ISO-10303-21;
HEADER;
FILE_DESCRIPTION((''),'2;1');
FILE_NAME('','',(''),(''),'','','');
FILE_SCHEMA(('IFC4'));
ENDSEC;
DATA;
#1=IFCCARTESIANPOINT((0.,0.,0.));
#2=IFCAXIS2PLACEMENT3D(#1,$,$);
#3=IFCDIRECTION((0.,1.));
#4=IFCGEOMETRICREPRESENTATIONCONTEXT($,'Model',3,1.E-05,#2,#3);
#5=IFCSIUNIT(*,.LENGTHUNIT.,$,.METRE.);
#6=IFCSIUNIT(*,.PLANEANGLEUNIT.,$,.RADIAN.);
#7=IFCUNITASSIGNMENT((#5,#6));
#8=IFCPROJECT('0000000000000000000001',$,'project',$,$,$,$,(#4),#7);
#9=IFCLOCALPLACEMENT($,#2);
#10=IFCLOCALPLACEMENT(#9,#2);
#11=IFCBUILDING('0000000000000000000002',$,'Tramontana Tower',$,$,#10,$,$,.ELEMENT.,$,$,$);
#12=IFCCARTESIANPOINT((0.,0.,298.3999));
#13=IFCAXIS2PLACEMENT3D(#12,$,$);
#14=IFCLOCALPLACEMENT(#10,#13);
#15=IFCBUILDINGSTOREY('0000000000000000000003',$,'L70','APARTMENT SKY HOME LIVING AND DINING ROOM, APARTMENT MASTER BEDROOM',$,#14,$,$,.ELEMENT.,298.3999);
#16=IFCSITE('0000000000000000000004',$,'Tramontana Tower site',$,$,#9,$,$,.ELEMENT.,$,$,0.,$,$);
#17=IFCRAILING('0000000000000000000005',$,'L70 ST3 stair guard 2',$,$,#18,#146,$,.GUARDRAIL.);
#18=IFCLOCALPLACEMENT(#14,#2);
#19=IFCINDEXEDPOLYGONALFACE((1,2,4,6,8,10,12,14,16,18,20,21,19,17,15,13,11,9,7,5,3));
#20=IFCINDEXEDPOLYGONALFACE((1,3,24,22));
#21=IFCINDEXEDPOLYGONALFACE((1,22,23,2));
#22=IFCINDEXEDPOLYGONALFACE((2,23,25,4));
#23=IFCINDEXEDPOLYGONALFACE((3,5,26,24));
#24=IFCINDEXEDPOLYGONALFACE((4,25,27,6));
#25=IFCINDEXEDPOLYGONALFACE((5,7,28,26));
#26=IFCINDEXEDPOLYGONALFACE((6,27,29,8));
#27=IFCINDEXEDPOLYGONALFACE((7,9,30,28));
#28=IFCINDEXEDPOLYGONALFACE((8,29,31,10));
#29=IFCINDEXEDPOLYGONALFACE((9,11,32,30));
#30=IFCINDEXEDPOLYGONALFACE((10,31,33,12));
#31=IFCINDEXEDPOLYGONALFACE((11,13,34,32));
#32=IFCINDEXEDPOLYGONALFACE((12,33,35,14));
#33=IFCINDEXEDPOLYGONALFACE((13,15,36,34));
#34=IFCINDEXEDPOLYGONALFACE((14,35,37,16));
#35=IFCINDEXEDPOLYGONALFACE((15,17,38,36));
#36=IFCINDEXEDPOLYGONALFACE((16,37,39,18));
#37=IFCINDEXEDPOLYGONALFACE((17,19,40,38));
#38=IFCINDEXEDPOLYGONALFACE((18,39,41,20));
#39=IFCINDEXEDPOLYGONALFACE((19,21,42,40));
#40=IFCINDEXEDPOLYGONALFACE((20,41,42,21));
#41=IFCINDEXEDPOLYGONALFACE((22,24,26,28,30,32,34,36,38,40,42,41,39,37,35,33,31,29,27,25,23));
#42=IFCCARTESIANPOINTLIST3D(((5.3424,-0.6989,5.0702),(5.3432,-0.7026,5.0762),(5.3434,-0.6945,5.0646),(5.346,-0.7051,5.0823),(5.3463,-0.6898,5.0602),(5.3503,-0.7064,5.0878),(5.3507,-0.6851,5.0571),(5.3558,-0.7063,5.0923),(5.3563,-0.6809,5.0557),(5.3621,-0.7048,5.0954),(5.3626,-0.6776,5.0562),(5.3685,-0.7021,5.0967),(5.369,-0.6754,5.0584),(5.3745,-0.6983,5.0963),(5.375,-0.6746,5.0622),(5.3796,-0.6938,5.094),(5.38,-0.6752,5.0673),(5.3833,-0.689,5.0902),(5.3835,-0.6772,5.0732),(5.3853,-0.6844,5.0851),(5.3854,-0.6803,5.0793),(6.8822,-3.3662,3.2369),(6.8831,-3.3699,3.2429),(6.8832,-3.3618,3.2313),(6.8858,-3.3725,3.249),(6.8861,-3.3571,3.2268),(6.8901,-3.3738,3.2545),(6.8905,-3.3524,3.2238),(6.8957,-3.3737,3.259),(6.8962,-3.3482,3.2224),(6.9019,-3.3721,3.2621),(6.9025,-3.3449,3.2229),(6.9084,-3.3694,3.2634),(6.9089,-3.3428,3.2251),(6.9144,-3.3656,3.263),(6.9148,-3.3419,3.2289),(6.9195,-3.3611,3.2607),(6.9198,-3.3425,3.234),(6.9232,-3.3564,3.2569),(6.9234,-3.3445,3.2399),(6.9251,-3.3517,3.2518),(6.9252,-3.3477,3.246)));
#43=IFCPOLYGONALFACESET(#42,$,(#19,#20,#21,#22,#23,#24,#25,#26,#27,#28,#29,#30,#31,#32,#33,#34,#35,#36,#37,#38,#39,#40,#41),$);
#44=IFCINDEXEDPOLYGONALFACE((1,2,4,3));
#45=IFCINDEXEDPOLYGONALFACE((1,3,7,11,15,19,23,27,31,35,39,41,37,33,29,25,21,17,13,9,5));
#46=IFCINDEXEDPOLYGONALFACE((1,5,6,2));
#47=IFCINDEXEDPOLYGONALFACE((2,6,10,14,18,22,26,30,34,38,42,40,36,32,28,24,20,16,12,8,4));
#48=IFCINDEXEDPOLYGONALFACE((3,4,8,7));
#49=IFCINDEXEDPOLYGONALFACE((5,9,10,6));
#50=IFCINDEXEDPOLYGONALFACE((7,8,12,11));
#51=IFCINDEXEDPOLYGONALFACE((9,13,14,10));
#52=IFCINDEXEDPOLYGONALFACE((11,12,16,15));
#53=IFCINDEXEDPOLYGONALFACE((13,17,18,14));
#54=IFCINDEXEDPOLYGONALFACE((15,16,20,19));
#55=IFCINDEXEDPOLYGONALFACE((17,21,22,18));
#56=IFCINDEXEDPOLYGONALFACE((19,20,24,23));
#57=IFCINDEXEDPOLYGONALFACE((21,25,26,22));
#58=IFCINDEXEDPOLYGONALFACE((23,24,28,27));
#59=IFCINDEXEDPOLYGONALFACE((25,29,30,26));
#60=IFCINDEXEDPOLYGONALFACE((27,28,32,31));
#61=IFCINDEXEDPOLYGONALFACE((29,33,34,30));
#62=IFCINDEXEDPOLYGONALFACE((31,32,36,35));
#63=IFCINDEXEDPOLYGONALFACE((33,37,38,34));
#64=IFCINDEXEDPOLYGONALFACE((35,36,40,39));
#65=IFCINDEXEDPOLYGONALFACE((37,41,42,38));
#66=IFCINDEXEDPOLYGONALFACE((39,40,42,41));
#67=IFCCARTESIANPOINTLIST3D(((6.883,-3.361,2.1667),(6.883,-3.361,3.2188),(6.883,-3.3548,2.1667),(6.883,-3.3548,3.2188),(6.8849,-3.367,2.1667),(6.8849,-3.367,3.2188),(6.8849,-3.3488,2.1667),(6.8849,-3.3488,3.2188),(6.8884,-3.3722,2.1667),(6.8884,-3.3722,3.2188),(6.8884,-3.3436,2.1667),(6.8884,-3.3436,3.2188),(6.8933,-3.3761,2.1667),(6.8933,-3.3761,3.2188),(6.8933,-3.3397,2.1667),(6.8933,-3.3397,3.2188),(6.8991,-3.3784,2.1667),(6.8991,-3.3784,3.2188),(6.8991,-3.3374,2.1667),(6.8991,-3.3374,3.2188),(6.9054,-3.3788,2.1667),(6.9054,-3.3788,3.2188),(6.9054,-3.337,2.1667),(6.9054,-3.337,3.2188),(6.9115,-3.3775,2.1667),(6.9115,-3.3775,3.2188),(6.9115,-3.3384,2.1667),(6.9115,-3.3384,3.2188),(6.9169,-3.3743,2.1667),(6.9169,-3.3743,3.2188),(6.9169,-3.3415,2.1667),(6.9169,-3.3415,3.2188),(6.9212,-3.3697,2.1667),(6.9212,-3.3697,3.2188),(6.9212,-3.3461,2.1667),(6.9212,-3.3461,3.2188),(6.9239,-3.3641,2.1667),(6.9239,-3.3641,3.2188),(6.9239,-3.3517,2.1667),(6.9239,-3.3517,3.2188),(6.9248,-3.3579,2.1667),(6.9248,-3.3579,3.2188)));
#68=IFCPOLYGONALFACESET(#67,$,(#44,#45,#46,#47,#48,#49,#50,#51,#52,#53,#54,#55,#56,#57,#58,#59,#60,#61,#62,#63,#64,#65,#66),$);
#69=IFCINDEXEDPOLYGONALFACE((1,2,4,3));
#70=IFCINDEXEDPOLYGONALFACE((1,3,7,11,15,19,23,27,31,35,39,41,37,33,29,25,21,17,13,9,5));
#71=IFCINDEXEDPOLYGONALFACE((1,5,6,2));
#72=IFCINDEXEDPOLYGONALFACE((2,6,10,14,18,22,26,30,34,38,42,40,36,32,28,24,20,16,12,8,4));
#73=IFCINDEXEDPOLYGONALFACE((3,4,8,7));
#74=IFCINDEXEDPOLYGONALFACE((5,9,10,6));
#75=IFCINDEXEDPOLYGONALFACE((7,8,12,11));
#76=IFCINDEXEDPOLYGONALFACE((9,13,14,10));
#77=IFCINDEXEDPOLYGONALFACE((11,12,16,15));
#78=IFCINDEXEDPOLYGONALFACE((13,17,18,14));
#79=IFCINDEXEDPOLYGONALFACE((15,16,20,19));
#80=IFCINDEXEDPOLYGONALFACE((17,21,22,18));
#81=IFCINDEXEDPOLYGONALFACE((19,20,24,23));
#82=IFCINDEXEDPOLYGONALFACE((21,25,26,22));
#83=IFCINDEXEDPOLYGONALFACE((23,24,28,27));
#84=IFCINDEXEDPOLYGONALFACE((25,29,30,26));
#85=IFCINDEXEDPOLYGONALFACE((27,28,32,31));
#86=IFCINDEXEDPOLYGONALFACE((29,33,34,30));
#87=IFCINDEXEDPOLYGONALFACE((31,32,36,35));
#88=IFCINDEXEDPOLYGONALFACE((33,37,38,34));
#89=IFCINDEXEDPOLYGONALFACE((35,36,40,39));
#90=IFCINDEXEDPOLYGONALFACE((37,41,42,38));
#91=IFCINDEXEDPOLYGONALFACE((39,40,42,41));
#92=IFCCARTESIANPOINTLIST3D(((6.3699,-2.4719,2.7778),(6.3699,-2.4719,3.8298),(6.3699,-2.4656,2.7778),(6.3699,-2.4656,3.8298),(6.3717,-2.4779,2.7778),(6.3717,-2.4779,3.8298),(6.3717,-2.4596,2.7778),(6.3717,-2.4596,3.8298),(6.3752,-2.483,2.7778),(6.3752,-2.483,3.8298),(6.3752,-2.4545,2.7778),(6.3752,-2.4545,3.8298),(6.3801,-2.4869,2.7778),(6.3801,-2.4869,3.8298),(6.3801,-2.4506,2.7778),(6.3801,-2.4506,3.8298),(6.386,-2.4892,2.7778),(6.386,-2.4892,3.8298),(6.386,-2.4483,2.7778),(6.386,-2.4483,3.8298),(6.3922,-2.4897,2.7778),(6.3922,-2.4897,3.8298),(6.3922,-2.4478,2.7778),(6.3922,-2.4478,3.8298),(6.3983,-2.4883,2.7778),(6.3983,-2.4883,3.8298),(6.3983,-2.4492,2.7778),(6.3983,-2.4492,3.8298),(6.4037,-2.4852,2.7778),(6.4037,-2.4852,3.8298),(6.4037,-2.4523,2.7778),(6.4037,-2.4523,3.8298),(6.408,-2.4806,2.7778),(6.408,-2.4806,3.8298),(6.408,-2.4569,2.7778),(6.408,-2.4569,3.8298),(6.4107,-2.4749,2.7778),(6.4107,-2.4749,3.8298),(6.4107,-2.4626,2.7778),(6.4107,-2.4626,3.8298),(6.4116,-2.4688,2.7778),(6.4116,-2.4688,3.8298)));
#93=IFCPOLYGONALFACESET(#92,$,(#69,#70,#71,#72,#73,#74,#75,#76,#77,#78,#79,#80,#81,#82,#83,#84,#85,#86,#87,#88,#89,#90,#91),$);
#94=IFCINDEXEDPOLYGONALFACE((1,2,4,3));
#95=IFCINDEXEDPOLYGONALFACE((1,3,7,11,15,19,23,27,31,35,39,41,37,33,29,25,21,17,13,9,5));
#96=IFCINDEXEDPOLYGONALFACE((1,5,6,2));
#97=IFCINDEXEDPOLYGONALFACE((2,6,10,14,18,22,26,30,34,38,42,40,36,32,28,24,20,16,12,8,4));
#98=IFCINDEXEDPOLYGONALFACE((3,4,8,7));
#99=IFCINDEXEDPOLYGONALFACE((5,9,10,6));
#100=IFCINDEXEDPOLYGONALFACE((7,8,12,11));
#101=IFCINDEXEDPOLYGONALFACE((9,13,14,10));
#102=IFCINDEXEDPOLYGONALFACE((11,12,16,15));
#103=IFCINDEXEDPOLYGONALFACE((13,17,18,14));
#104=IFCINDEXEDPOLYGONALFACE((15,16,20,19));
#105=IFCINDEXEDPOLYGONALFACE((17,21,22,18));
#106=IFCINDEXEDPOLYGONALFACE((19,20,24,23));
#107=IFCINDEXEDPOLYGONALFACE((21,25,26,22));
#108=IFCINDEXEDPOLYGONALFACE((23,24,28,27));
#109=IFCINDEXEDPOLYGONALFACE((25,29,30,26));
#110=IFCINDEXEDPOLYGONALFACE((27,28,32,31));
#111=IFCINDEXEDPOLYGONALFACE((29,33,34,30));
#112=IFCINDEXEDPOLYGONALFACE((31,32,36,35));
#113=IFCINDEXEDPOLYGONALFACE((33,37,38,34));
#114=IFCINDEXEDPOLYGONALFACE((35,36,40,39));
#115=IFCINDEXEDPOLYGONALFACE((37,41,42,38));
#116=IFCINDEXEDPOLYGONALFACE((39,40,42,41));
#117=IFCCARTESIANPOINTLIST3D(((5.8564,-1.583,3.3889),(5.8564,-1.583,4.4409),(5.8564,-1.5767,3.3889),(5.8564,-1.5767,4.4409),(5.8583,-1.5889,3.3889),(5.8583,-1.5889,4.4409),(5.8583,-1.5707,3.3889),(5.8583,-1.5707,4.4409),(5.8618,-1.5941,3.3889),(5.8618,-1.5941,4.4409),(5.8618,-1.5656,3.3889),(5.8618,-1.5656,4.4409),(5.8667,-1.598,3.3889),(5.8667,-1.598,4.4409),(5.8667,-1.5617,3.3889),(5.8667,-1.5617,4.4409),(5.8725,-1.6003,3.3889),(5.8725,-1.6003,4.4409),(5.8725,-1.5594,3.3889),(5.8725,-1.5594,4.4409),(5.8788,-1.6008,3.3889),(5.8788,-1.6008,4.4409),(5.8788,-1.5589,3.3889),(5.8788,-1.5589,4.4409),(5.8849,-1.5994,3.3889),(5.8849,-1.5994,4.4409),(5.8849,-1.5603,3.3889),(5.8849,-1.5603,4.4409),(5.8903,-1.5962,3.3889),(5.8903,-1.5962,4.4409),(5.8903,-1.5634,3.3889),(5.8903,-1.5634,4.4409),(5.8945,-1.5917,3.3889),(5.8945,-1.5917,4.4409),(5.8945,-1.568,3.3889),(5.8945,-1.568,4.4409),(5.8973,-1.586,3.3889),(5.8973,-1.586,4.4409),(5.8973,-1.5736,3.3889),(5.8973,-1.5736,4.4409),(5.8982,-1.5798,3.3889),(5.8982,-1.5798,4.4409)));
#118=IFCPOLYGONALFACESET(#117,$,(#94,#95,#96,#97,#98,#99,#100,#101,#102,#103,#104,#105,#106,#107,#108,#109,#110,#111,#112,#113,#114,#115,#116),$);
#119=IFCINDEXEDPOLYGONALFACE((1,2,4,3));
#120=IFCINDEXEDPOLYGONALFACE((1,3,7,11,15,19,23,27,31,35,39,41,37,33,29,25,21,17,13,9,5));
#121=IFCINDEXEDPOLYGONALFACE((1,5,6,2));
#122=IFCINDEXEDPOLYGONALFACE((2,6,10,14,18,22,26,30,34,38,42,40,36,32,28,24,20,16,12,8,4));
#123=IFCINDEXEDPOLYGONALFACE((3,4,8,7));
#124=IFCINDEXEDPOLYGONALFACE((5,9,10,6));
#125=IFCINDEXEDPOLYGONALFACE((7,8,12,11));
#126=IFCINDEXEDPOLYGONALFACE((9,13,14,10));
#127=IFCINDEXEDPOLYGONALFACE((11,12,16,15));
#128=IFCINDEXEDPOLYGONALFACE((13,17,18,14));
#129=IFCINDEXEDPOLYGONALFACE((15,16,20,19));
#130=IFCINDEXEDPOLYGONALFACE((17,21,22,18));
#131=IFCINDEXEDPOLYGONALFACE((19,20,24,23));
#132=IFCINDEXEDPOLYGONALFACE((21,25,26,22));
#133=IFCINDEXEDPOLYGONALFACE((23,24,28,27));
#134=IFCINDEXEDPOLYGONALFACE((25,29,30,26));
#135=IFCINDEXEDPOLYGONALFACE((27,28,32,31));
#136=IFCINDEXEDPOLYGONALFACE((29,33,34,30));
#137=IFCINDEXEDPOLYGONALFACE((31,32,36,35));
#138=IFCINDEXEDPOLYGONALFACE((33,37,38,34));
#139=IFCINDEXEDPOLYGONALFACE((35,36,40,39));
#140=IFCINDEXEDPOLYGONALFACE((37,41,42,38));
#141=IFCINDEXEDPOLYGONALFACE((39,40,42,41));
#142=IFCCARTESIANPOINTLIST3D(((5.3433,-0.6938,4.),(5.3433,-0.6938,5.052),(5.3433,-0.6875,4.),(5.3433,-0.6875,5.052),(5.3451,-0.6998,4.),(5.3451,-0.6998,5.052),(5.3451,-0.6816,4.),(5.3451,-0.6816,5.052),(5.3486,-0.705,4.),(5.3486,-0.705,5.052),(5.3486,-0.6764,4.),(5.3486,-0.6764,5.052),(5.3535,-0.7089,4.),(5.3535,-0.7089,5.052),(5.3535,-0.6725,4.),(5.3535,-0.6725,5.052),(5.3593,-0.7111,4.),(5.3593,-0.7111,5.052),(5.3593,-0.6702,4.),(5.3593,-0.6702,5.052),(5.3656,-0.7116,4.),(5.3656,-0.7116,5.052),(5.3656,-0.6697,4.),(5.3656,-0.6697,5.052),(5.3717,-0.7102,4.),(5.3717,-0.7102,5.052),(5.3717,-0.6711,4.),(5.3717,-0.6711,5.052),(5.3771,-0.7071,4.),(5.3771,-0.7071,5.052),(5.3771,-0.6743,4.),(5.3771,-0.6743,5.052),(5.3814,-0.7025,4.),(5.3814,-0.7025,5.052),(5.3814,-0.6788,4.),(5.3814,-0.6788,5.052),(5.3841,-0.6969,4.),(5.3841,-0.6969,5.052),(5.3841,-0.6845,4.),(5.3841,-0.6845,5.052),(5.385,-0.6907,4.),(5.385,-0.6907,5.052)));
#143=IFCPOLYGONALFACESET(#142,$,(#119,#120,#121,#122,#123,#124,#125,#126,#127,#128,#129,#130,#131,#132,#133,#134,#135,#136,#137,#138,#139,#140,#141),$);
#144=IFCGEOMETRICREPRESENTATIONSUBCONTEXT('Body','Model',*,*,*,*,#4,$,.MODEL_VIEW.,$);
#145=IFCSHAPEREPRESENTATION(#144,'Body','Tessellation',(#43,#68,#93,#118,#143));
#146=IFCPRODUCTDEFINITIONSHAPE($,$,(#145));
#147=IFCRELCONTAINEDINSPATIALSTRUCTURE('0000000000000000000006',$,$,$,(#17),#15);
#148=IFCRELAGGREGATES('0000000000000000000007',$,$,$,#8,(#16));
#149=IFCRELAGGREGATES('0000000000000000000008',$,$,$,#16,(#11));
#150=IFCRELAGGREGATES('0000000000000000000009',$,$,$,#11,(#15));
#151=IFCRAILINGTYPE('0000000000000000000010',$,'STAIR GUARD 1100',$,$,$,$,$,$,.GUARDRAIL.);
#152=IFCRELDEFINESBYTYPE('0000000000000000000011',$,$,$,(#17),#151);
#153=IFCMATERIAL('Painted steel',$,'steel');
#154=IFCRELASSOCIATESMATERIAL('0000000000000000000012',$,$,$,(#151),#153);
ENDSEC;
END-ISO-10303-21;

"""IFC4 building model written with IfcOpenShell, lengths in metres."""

from ifc_helpers import new_model, si_unit, direction, frame, origin, origin_2d, place, context, subcontext, project, spatial, circle, extrude, material, type_object, element, save


model = new_model("IFC4")

# Units and contexts
model_context = context("Model", 3, precision=1e-05, world=origin(), true_north=direction((0.0, 1.0)))
body_context = subcontext(model_context, "Body", "Model", "MODEL_VIEW")
ifc_project = project(units=[si_unit("LENGTHUNIT", "METRE"), si_unit("PLANEANGLEUNIT", "RADIAN")], contexts=[model_context])

# Site, building, storey
site_placement = place(None, origin())
site = spatial("IfcSite", under=ifc_project, at=site_placement, Name="Tramontana Tower site", CompositionType="ELEMENT", RefElevation=0.0)
building_placement = place(site_placement, origin())
building = spatial("IfcBuilding", under=site, at=building_placement, Name="Tramontana Tower", CompositionType="ELEMENT")
storey_placement = place(building_placement, frame((0.0, 0.0, 298.3999)))
storey = spatial("IfcBuildingStorey", under=building, at=storey_placement, Name="L70", Description="APARTMENT SKY HOME LIVING AND DINING ROOM, APARTMENT MASTER BEDROOM", CompositionType="ELEMENT", Elevation=298.3999)

# Railing
ifc_material_1 = material(Name="Painted steel", Category="steel")
railing_type_1 = type_object("IfcRailingType", Name="STAIR GUARD 1100", PredefinedType="GUARDRAIL", material=ifc_material_1)
railing_1_placement = place(storey_placement, frame((6.9038, -3.3579, 2.1667)))
element("IfcRailing", 1, at=railing_1_placement, inside=storey, type_object=railing_type_1, Name="L70 ST3 stair guard 2", PredefinedType="GUARDRAIL", context=body_context, shape_type="SweptSolid", body=[
    extrude(circle(Radius=0.0239, at=origin_2d()), frame((0.0, 0.0, 1.0762), z_axis=(-0.429616, 0.744181, 0.511493), x_axis=(-0.866044, -0.499967, 0.0)), (0.0, 0.0, 1.0), 3.5842),
    extrude(circle(Radius=0.021, at=origin_2d()), origin(), (0.0, 0.0, 1.0), 1.052),
    extrude(circle(Radius=0.021, at=origin_2d()), frame((-0.5132, 0.8892, 0.6111)), (0.0, 0.0, 1.0), 1.052),
    extrude(circle(Radius=0.021, at=origin_2d()), frame((-1.0266, 1.7781, 1.2222)), (0.0, 0.0, 1.0), 1.052),
    extrude(circle(Radius=0.021, at=origin_2d()), frame((-1.5398, 2.6672, 1.8333)), (0.0, 0.0, 1.0), 1.052),
])

save(model, "model.ifc")
